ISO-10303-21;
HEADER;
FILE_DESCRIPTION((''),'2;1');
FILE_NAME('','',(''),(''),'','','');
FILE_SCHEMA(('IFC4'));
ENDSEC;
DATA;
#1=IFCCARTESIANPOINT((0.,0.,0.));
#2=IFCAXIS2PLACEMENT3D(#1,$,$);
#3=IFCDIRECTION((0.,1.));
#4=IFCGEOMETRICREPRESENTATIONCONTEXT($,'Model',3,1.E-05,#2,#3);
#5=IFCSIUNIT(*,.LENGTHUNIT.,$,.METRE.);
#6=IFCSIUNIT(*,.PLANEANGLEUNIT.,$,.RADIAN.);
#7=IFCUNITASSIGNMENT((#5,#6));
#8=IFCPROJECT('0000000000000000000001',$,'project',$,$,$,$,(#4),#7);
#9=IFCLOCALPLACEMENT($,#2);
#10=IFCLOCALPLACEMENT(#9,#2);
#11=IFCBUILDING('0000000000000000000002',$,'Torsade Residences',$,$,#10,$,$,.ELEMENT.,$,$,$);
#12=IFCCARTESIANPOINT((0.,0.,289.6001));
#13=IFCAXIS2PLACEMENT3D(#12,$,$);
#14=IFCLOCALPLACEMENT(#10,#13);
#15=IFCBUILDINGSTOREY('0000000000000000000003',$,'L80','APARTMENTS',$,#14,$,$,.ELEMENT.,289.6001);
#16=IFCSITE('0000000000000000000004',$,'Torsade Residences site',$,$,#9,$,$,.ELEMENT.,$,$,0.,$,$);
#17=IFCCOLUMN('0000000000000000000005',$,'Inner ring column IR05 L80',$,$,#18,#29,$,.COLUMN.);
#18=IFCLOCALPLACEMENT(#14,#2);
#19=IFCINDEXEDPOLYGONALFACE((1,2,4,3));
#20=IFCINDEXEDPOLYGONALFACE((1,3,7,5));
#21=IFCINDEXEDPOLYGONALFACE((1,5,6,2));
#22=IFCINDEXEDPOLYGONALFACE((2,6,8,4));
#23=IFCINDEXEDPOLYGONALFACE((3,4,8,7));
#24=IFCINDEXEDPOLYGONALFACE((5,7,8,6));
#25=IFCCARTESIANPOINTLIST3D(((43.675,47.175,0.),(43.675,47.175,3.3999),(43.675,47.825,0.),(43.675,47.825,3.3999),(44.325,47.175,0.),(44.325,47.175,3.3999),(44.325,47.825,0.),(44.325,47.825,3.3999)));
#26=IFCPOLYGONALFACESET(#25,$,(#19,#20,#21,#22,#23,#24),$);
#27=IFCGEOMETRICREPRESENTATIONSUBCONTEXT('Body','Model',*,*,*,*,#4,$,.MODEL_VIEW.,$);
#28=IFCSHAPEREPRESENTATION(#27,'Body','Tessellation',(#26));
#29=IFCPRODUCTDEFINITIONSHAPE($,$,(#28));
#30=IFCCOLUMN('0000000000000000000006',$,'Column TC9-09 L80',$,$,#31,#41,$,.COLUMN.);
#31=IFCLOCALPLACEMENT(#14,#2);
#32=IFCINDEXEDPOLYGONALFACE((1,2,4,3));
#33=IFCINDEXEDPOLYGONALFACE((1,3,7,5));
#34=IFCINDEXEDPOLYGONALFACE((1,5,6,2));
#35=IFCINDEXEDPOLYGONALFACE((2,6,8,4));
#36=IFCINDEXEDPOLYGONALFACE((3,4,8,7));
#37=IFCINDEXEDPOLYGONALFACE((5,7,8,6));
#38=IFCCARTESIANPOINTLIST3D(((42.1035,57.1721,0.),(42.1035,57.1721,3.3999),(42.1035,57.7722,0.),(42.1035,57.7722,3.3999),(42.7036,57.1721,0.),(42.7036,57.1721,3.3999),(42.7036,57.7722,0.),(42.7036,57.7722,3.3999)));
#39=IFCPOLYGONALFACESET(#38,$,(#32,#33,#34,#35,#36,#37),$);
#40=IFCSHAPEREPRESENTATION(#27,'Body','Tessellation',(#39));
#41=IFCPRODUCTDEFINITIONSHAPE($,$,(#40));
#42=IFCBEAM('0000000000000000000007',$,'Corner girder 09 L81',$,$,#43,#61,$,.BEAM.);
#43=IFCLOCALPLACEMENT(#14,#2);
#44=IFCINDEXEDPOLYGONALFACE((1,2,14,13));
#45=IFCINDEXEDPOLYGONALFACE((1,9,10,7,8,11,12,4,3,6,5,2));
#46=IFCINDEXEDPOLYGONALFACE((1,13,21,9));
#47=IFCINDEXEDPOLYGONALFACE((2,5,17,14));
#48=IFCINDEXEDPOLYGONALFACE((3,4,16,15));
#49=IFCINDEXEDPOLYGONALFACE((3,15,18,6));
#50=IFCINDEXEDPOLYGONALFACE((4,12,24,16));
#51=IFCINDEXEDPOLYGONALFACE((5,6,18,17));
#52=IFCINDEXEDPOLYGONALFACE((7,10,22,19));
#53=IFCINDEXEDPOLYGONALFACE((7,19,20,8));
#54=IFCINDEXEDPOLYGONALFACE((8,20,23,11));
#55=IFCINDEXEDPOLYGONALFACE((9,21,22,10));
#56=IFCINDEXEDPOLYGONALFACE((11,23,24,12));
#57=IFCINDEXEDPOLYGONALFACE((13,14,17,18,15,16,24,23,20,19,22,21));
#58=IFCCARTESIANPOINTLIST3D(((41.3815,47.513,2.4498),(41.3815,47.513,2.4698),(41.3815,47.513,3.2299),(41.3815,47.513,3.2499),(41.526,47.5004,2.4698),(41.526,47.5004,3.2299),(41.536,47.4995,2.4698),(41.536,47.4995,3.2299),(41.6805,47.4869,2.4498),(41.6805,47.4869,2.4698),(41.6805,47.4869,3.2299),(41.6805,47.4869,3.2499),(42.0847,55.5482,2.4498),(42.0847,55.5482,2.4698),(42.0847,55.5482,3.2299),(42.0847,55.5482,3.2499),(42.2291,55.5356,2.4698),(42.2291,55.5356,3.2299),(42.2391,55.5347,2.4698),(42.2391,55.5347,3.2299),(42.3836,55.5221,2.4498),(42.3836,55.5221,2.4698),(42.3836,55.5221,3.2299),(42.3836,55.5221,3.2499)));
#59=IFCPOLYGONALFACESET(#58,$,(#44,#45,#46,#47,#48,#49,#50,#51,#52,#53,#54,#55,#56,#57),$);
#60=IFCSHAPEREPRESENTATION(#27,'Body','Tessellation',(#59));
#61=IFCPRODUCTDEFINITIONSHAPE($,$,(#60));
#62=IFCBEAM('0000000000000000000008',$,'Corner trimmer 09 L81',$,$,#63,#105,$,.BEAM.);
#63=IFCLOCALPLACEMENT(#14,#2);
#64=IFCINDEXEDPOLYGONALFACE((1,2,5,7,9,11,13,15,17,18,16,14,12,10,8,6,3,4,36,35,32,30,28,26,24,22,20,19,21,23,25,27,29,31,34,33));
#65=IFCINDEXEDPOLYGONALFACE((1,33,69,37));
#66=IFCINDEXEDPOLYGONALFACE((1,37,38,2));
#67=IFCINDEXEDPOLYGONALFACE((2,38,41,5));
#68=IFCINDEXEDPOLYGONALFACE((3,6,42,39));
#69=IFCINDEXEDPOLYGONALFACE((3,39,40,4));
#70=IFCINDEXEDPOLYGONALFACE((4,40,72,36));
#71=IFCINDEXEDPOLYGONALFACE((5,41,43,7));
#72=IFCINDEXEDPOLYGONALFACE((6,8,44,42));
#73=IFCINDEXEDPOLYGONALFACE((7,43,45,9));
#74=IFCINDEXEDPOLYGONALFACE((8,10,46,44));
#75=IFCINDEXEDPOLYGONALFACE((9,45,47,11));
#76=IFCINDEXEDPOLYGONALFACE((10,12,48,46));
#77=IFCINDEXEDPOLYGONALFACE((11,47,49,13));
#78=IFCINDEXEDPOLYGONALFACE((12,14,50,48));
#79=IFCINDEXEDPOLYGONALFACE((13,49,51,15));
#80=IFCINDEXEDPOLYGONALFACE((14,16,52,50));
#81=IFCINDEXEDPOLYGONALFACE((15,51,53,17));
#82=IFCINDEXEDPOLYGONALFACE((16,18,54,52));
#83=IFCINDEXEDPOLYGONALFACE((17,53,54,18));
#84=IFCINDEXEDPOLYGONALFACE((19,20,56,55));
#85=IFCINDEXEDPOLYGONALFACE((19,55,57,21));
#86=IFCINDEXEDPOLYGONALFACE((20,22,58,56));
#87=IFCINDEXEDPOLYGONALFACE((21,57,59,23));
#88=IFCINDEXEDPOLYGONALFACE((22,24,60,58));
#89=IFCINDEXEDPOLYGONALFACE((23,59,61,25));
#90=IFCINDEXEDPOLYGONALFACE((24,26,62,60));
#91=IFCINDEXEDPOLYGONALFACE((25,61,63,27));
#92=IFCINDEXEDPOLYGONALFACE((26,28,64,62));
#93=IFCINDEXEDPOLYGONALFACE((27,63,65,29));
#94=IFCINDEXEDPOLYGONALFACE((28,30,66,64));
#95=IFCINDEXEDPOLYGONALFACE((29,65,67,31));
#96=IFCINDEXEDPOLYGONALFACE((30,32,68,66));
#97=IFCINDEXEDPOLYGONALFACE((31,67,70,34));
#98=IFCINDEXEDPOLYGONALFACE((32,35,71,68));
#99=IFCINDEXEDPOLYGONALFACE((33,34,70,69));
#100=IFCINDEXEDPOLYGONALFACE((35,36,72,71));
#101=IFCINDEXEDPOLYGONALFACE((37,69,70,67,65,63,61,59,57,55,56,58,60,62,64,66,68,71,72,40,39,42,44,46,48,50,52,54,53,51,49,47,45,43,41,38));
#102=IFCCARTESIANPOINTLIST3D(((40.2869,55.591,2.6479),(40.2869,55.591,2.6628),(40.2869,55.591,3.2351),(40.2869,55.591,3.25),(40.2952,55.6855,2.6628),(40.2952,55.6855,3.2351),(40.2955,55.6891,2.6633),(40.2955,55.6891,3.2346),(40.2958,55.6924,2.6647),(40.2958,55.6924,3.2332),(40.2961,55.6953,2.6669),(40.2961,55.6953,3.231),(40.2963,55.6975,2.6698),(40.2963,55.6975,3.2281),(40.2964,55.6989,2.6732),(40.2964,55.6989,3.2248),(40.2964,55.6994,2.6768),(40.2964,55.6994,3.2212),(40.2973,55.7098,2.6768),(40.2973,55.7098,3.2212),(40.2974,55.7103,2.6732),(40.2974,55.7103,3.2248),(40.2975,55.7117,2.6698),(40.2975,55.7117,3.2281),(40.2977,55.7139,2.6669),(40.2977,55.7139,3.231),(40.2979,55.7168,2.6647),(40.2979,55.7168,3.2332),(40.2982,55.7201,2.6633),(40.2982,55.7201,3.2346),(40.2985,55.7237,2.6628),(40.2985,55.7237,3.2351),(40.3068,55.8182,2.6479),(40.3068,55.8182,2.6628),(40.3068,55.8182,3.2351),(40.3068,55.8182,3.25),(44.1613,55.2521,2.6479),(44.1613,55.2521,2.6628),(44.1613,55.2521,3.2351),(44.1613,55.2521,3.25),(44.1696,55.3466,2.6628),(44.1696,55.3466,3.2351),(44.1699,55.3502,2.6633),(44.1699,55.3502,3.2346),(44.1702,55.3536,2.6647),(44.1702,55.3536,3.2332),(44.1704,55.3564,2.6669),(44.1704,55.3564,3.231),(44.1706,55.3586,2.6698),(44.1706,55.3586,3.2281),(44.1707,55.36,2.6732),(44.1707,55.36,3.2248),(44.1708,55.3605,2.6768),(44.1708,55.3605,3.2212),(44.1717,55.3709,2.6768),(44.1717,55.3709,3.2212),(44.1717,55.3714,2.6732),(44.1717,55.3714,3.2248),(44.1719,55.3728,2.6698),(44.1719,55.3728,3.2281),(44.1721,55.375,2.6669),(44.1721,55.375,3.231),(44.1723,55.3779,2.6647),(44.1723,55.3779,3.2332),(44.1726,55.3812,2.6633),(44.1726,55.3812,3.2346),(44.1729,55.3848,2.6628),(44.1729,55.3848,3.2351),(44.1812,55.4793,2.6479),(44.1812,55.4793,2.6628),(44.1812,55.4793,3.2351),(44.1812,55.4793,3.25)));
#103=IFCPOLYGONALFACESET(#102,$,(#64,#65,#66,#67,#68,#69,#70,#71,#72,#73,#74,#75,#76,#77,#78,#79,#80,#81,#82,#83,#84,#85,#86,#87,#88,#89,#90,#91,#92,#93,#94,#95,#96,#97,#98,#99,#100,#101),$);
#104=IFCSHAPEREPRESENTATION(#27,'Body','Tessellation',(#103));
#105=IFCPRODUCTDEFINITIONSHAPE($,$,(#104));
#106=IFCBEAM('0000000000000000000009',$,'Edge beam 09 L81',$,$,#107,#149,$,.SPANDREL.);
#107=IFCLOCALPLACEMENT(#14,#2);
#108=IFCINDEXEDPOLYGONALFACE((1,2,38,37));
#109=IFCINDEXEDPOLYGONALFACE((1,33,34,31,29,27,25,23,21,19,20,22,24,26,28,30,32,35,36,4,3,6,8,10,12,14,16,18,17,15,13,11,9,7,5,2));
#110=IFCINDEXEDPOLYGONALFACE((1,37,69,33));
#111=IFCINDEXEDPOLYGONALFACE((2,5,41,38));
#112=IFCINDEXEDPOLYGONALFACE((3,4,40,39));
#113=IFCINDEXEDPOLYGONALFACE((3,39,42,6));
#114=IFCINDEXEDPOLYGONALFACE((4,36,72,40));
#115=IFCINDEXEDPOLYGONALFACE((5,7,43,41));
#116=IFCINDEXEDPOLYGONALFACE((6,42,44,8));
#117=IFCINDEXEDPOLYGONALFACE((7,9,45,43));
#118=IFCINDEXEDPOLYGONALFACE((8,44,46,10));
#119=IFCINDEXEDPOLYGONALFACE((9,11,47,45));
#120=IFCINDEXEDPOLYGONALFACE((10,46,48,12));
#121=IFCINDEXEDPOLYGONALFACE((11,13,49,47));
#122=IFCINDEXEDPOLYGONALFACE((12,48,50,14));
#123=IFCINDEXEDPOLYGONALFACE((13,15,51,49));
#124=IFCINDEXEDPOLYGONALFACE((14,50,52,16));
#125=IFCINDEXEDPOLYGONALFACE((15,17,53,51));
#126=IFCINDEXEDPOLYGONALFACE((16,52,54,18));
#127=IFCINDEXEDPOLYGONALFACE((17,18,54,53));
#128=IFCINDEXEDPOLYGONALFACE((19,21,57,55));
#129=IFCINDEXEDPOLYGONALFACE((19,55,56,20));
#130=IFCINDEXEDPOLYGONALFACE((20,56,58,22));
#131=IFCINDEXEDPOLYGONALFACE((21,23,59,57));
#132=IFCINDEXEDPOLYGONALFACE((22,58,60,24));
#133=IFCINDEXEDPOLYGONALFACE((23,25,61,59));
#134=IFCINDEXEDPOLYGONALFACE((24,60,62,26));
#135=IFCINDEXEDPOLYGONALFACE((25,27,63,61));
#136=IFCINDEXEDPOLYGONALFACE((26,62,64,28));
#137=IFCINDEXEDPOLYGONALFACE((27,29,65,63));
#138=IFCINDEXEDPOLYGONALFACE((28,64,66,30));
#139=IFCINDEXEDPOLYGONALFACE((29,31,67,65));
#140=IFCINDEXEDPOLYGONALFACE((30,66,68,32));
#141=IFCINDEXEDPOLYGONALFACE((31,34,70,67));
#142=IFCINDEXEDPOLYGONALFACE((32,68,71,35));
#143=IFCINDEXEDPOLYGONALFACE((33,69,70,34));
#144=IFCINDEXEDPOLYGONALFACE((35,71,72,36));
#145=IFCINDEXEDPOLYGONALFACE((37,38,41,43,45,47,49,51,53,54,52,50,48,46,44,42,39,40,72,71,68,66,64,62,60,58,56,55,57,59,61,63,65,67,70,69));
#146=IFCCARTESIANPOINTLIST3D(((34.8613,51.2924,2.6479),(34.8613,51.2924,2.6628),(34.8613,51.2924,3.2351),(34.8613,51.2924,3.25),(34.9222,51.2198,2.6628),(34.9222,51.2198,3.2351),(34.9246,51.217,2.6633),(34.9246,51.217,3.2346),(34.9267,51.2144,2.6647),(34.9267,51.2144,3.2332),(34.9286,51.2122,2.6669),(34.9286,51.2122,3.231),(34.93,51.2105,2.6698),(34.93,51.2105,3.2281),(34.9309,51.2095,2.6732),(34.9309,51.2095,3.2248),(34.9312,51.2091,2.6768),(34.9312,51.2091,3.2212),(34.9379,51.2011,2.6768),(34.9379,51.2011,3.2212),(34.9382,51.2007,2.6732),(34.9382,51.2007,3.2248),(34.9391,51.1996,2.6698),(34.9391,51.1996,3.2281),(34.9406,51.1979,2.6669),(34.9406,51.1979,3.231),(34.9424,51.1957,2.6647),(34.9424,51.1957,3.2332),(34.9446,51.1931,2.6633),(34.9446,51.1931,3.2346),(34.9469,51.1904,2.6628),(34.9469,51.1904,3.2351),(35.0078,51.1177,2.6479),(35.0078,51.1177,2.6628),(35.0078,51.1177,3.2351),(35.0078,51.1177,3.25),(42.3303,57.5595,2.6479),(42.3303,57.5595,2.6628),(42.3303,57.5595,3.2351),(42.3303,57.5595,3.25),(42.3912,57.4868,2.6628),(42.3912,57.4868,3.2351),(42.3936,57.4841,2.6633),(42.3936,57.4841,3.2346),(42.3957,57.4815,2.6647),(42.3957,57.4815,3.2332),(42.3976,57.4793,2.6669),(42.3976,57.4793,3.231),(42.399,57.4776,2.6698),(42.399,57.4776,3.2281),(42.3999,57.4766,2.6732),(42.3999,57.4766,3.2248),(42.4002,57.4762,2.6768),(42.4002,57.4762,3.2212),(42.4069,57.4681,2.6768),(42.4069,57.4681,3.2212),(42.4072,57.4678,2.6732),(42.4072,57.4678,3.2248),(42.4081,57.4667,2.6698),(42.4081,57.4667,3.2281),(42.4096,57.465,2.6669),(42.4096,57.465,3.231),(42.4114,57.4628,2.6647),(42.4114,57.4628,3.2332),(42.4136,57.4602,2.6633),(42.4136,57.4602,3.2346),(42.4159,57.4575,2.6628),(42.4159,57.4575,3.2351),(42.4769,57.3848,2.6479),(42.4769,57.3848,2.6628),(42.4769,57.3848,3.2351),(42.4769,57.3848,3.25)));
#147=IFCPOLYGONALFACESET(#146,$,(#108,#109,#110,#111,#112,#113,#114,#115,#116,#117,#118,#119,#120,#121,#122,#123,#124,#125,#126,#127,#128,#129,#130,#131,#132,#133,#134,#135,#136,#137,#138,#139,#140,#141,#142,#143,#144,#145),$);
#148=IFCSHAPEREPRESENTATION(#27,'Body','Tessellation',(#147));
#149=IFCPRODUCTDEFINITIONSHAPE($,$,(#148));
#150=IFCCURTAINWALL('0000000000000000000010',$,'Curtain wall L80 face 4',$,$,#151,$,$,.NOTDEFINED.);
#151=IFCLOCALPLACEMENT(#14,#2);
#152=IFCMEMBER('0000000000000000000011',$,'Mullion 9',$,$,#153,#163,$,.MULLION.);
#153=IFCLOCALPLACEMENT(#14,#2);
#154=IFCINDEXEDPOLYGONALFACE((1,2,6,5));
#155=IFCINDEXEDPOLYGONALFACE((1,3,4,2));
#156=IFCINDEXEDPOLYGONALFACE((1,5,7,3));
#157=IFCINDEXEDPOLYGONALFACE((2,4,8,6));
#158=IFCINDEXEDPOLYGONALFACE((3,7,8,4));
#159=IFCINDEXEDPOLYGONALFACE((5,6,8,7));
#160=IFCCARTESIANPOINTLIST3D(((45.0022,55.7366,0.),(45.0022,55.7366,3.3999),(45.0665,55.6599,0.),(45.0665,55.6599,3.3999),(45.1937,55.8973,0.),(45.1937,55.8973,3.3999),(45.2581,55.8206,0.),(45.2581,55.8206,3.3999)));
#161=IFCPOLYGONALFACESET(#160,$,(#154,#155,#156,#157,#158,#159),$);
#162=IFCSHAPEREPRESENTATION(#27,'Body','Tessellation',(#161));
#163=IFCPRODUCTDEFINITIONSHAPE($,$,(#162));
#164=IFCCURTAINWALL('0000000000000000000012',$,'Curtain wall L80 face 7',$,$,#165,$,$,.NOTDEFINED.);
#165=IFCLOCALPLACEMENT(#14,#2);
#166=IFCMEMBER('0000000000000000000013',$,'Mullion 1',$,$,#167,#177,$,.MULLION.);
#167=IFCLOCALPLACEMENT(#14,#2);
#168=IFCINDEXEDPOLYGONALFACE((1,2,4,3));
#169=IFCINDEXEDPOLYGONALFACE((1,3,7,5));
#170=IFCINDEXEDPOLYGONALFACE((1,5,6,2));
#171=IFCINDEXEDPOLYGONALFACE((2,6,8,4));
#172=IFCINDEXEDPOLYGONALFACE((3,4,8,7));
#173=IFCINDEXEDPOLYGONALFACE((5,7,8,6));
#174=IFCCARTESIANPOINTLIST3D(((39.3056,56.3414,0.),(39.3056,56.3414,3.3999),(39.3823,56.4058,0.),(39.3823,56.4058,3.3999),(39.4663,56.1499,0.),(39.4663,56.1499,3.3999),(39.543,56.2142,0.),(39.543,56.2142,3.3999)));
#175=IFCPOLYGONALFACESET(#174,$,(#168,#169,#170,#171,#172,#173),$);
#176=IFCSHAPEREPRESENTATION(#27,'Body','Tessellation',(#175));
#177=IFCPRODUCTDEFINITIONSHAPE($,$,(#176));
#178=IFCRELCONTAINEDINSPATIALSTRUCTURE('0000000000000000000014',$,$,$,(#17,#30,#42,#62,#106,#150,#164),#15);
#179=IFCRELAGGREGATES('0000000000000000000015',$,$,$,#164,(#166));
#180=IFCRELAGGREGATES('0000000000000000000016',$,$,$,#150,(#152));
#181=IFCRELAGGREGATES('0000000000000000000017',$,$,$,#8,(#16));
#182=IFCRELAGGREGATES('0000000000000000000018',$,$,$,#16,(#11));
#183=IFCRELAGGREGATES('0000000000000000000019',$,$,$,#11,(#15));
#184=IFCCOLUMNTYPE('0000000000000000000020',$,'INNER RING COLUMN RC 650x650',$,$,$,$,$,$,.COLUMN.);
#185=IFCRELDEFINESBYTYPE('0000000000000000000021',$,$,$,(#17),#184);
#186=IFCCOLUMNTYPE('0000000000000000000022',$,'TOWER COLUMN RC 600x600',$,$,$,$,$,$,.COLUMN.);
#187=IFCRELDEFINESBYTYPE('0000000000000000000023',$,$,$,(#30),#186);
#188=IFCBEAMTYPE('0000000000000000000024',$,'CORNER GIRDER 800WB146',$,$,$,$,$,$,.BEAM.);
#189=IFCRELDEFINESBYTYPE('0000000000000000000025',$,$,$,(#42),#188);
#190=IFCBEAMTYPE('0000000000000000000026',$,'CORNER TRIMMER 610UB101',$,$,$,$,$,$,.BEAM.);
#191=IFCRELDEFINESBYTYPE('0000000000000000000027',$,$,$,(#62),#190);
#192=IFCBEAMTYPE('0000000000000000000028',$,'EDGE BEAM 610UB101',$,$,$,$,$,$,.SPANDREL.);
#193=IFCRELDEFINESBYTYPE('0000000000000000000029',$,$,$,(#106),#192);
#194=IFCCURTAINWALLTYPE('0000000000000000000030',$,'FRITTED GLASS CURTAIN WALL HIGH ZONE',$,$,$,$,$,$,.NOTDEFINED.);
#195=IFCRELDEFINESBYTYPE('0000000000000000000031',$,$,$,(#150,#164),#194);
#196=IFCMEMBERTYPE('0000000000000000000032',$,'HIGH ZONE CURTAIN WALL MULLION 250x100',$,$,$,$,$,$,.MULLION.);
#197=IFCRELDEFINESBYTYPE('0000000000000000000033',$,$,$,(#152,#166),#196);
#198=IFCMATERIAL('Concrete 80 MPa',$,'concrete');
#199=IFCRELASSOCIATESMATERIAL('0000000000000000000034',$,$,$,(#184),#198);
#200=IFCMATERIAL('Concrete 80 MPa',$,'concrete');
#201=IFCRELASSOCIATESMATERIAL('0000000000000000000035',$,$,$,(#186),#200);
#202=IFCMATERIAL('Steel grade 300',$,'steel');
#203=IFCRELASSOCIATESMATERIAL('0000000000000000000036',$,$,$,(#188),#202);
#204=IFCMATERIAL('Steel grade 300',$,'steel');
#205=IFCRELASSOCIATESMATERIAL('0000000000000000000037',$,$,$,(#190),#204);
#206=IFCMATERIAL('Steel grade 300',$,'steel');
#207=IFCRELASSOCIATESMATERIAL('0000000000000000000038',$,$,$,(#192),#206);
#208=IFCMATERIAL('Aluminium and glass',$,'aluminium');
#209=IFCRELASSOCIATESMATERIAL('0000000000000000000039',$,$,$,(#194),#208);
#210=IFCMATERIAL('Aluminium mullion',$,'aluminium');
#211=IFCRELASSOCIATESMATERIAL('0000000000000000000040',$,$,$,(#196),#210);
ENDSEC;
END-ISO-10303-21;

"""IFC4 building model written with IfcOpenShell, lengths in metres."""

from ifc_helpers import new_model, si_unit, direction, frame, origin, origin_2d, place, context, subcontext, project, spatial, rectangle, i_section, extrude, material, material_profile, profile_set, type_object, element, aggregate, save


model = new_model("IFC4")

# Units and contexts
model_context = context("Model", 3, precision=1e-05, world=origin(), true_north=direction((0.0, 1.0)))
body_context = subcontext(model_context, "Body", "Model", "MODEL_VIEW")
ifc_project = project(units=[si_unit("LENGTHUNIT", "METRE"), si_unit("PLANEANGLEUNIT", "RADIAN")], contexts=[model_context])

# Site, building, storey
site_placement = place(None, origin())
site = spatial("IfcSite", under=ifc_project, at=site_placement, Name="Torsade Residences site", CompositionType="ELEMENT", RefElevation=0.0)
building_placement = place(site_placement, origin())
building = spatial("IfcBuilding", under=site, at=building_placement, Name="Torsade Residences", CompositionType="ELEMENT")
storey_placement = place(building_placement, frame((0.0, 0.0, 289.6001)))
storey = spatial("IfcBuildingStorey", under=building, at=storey_placement, Name="L80", Description="APARTMENTS", CompositionType="ELEMENT", Elevation=289.6001)

# Columns
ifc_material_1 = material(Name="Concrete 80 MPa", Category="concrete")
ifc_material_profile_1 = material_profile(ifc_material_1, rectangle(XDim=0.6499, YDim=0.6499, at=origin_2d()), Name="RC 650x650")
ifc_profile_set_1 = profile_set([ifc_material_profile_1], Name="Concrete 80 MPa")
column_type_1 = type_object("IfcColumnType", Name="INNER RING COLUMN RC 650x650", PredefinedType="COLUMN", material=ifc_profile_set_1)
column_1_placement = place(storey_placement, frame((44.0, 47.5, 0.0), z_axis=(0.0, 0.0, 1.0), x_axis=(1.0, 0.0, 0.0)))
element("IfcColumn", 1, at=column_1_placement, inside=storey, type_object=column_type_1, Name="Inner ring column IR05 L80", PredefinedType="COLUMN", context=body_context, shape_type="SweptSolid", body=[
    extrude(rectangle(XDim=0.6499, YDim=0.6499, at=origin_2d()), origin(), (0.0, 0.0, 1.0), 3.3999),
])
ifc_material_2 = material(Name="Concrete 80 MPa", Category="concrete")
ifc_material_profile_2 = material_profile(ifc_material_2, rectangle(XDim=0.6001, YDim=0.6001, at=origin_2d()), Name="RC 600x600")
ifc_profile_set_2 = profile_set([ifc_material_profile_2], Name="Concrete 80 MPa")
column_type_2 = type_object("IfcColumnType", Name="TOWER COLUMN RC 600x600", PredefinedType="COLUMN", material=ifc_profile_set_2)
column_2_placement = place(storey_placement, frame((42.4036, 57.4722, 0.0), z_axis=(0.0, 0.0, 1.0), x_axis=(1.0, 0.0, 0.0)))
element("IfcColumn", 2, at=column_2_placement, inside=storey, type_object=column_type_2, Name="Column TC9-09 L80", PredefinedType="COLUMN", context=body_context, shape_type="SweptSolid", body=[
    extrude(rectangle(XDim=0.6001, YDim=0.6001, at=origin_2d()), origin(), (0.0, 0.0, 1.0), 3.3999),
])

# Beams
ifc_material_3 = material(Name="Steel grade 300", Category="steel")
ifc_material_profile_3 = material_profile(ifc_material_3, i_section(OverallWidth=0.3, OverallDepth=0.8, WebThickness=0.01, FlangeThickness=0.02, at=origin_2d()), Name="800WB146")
ifc_profile_set_3 = profile_set([ifc_material_profile_3], Name="Steel grade 300")
beam_type_1 = type_object("IfcBeamType", Name="CORNER GIRDER 800WB146", PredefinedType="BEAM", material=ifc_profile_set_3)
beam_1_placement = place(storey_placement, frame((42.2341, 55.5352, 2.8499), z_axis=(-0.087173, -0.996193, 0.0), x_axis=(0.996193, -0.087173, 0.0)))
element("IfcBeam", 3, at=beam_1_placement, inside=storey, type_object=beam_type_1, Name="Corner girder 09 L81", PredefinedType="BEAM", context=body_context, shape_type="SweptSolid", body=[
    extrude(i_section(OverallWidth=0.3, OverallDepth=0.8, WebThickness=0.01, FlangeThickness=0.02, at=origin_2d()), origin(), (0.0, 0.0, 1.0), 8.0659),
])
ifc_material_4 = material(Name="Steel grade 300", Category="steel")
ifc_material_profile_4 = material_profile(ifc_material_4, i_section(OverallWidth=0.228, OverallDepth=0.6021, WebThickness=0.0105, FlangeThickness=0.0149, FilletRadius=0.0139, at=origin_2d()), Name="610UB101")
ifc_profile_set_4 = profile_set([ifc_material_profile_4], Name="Steel grade 300")
beam_type_2 = type_object("IfcBeamType", Name="CORNER TRIMMER 610UB101", PredefinedType="BEAM", material=ifc_profile_set_4)
beam_2_placement = place(storey_placement, frame((40.2969, 55.7046, 2.949), z_axis=(0.996197, -0.087133, 0.0), x_axis=(0.087133, 0.996197, 0.0)))
element("IfcBeam", 4, at=beam_2_placement, inside=storey, type_object=beam_type_2, Name="Corner trimmer 09 L81", PredefinedType="BEAM", context=body_context, shape_type="SweptSolid", body=[
    extrude(i_section(OverallWidth=0.228, OverallDepth=0.6021, WebThickness=0.0105, FlangeThickness=0.0149, FilletRadius=0.0139, at=origin_2d()), origin(), (0.0, 0.0, 1.0), 3.8892),
])
ifc_material_5 = material(Name="Steel grade 300", Category="steel")
ifc_material_profile_5 = material_profile(ifc_material_5, i_section(OverallWidth=0.228, OverallDepth=0.6021, WebThickness=0.0105, FlangeThickness=0.0149, FilletRadius=0.0139, at=origin_2d()), Name="610UB101")
ifc_profile_set_5 = profile_set([ifc_material_profile_5], Name="Steel grade 300")
beam_type_3 = type_object("IfcBeamType", Name="EDGE BEAM 610UB101", PredefinedType="SPANDREL", material=ifc_profile_set_5)
beam_3_placement = place(storey_placement, frame((42.4036, 57.4722, 2.949), z_axis=(-0.766052, -0.642779, 0.0), x_axis=(0.642779, -0.766052, 0.0)))
element("IfcBeam", 5, at=beam_3_placement, inside=storey, type_object=beam_type_3, Name="Edge beam 09 L81", PredefinedType="SPANDREL", context=body_context, shape_type="SweptSolid", body=[
    extrude(i_section(OverallWidth=0.228, OverallDepth=0.6021, WebThickness=0.0105, FlangeThickness=0.0149, FilletRadius=0.0139, at=origin_2d()), origin(), (0.0, 0.0, 1.0), 9.75),
])

# Curtain wall, member
ifc_material_6 = material(Name="Aluminium and glass", Category="aluminium")
curtain_wall_type = type_object("IfcCurtainWallType", Name="FRITTED GLASS CURTAIN WALL HIGH ZONE", PredefinedType="NOTDEFINED", material=ifc_material_6)
curtain_wall_1_placement = place(storey_placement, origin())
curtain_wall_1 = element("IfcCurtainWall", 6, at=curtain_wall_1_placement, inside=storey, type_object=curtain_wall_type, Name="Curtain wall L80 face 4", PredefinedType="NOTDEFINED")
ifc_material_7 = material(Name="Aluminium mullion", Category="aluminium")
ifc_material_profile_6 = material_profile(ifc_material_7, rectangle(XDim=0.25, YDim=0.1001, at=origin_2d()), Name="HIGH ZONE CURTAIN WALL MULLION 250x100")
ifc_profile_set_6 = profile_set([ifc_material_profile_6], Name="Aluminium mullion")
member_type_1 = type_object("IfcMemberType", Name="HIGH ZONE CURTAIN WALL MULLION 250x100", PredefinedType="MULLION", material=ifc_profile_set_6)
member_1_placement = place(storey_placement, frame((45.1301, 55.7786, 0.0), z_axis=(0.0, 0.0, 1.0), x_axis=(-0.766044, -0.642788, 0.0)))
member_1 = element("IfcMember", 7, at=member_1_placement, type_object=member_type_1, Name="Mullion 9", PredefinedType="MULLION", context=body_context, shape_type="SweptSolid", body=[
    extrude(rectangle(XDim=0.25, YDim=0.1001, at=origin_2d()), origin(), (0.0, 0.0, 1.0), 3.3999),
])

# Curtain wall, member
curtain_wall_2_placement = place(storey_placement, origin())
curtain_wall_2 = element("IfcCurtainWall", 8, at=curtain_wall_2_placement, inside=storey, type_object=curtain_wall_type, Name="Curtain wall L80 face 7", PredefinedType="NOTDEFINED")
member_2_placement = place(storey_placement, frame((39.4243, 56.2778, 0.0), z_axis=(0.0, 0.0, 1.0), x_axis=(0.642788, -0.766044, 0.0)))
member_2 = element("IfcMember", 9, at=member_2_placement, type_object=member_type_1, Name="Mullion 1", PredefinedType="MULLION", context=body_context, shape_type="SweptSolid", body=[
    extrude(rectangle(XDim=0.25, YDim=0.1001, at=origin_2d()), origin(), (0.0, 0.0, 1.0), 3.3999),
])
aggregate(curtain_wall_2, [member_2])

aggregate(curtain_wall_1, [member_1])

save(model, "model.ifc")
